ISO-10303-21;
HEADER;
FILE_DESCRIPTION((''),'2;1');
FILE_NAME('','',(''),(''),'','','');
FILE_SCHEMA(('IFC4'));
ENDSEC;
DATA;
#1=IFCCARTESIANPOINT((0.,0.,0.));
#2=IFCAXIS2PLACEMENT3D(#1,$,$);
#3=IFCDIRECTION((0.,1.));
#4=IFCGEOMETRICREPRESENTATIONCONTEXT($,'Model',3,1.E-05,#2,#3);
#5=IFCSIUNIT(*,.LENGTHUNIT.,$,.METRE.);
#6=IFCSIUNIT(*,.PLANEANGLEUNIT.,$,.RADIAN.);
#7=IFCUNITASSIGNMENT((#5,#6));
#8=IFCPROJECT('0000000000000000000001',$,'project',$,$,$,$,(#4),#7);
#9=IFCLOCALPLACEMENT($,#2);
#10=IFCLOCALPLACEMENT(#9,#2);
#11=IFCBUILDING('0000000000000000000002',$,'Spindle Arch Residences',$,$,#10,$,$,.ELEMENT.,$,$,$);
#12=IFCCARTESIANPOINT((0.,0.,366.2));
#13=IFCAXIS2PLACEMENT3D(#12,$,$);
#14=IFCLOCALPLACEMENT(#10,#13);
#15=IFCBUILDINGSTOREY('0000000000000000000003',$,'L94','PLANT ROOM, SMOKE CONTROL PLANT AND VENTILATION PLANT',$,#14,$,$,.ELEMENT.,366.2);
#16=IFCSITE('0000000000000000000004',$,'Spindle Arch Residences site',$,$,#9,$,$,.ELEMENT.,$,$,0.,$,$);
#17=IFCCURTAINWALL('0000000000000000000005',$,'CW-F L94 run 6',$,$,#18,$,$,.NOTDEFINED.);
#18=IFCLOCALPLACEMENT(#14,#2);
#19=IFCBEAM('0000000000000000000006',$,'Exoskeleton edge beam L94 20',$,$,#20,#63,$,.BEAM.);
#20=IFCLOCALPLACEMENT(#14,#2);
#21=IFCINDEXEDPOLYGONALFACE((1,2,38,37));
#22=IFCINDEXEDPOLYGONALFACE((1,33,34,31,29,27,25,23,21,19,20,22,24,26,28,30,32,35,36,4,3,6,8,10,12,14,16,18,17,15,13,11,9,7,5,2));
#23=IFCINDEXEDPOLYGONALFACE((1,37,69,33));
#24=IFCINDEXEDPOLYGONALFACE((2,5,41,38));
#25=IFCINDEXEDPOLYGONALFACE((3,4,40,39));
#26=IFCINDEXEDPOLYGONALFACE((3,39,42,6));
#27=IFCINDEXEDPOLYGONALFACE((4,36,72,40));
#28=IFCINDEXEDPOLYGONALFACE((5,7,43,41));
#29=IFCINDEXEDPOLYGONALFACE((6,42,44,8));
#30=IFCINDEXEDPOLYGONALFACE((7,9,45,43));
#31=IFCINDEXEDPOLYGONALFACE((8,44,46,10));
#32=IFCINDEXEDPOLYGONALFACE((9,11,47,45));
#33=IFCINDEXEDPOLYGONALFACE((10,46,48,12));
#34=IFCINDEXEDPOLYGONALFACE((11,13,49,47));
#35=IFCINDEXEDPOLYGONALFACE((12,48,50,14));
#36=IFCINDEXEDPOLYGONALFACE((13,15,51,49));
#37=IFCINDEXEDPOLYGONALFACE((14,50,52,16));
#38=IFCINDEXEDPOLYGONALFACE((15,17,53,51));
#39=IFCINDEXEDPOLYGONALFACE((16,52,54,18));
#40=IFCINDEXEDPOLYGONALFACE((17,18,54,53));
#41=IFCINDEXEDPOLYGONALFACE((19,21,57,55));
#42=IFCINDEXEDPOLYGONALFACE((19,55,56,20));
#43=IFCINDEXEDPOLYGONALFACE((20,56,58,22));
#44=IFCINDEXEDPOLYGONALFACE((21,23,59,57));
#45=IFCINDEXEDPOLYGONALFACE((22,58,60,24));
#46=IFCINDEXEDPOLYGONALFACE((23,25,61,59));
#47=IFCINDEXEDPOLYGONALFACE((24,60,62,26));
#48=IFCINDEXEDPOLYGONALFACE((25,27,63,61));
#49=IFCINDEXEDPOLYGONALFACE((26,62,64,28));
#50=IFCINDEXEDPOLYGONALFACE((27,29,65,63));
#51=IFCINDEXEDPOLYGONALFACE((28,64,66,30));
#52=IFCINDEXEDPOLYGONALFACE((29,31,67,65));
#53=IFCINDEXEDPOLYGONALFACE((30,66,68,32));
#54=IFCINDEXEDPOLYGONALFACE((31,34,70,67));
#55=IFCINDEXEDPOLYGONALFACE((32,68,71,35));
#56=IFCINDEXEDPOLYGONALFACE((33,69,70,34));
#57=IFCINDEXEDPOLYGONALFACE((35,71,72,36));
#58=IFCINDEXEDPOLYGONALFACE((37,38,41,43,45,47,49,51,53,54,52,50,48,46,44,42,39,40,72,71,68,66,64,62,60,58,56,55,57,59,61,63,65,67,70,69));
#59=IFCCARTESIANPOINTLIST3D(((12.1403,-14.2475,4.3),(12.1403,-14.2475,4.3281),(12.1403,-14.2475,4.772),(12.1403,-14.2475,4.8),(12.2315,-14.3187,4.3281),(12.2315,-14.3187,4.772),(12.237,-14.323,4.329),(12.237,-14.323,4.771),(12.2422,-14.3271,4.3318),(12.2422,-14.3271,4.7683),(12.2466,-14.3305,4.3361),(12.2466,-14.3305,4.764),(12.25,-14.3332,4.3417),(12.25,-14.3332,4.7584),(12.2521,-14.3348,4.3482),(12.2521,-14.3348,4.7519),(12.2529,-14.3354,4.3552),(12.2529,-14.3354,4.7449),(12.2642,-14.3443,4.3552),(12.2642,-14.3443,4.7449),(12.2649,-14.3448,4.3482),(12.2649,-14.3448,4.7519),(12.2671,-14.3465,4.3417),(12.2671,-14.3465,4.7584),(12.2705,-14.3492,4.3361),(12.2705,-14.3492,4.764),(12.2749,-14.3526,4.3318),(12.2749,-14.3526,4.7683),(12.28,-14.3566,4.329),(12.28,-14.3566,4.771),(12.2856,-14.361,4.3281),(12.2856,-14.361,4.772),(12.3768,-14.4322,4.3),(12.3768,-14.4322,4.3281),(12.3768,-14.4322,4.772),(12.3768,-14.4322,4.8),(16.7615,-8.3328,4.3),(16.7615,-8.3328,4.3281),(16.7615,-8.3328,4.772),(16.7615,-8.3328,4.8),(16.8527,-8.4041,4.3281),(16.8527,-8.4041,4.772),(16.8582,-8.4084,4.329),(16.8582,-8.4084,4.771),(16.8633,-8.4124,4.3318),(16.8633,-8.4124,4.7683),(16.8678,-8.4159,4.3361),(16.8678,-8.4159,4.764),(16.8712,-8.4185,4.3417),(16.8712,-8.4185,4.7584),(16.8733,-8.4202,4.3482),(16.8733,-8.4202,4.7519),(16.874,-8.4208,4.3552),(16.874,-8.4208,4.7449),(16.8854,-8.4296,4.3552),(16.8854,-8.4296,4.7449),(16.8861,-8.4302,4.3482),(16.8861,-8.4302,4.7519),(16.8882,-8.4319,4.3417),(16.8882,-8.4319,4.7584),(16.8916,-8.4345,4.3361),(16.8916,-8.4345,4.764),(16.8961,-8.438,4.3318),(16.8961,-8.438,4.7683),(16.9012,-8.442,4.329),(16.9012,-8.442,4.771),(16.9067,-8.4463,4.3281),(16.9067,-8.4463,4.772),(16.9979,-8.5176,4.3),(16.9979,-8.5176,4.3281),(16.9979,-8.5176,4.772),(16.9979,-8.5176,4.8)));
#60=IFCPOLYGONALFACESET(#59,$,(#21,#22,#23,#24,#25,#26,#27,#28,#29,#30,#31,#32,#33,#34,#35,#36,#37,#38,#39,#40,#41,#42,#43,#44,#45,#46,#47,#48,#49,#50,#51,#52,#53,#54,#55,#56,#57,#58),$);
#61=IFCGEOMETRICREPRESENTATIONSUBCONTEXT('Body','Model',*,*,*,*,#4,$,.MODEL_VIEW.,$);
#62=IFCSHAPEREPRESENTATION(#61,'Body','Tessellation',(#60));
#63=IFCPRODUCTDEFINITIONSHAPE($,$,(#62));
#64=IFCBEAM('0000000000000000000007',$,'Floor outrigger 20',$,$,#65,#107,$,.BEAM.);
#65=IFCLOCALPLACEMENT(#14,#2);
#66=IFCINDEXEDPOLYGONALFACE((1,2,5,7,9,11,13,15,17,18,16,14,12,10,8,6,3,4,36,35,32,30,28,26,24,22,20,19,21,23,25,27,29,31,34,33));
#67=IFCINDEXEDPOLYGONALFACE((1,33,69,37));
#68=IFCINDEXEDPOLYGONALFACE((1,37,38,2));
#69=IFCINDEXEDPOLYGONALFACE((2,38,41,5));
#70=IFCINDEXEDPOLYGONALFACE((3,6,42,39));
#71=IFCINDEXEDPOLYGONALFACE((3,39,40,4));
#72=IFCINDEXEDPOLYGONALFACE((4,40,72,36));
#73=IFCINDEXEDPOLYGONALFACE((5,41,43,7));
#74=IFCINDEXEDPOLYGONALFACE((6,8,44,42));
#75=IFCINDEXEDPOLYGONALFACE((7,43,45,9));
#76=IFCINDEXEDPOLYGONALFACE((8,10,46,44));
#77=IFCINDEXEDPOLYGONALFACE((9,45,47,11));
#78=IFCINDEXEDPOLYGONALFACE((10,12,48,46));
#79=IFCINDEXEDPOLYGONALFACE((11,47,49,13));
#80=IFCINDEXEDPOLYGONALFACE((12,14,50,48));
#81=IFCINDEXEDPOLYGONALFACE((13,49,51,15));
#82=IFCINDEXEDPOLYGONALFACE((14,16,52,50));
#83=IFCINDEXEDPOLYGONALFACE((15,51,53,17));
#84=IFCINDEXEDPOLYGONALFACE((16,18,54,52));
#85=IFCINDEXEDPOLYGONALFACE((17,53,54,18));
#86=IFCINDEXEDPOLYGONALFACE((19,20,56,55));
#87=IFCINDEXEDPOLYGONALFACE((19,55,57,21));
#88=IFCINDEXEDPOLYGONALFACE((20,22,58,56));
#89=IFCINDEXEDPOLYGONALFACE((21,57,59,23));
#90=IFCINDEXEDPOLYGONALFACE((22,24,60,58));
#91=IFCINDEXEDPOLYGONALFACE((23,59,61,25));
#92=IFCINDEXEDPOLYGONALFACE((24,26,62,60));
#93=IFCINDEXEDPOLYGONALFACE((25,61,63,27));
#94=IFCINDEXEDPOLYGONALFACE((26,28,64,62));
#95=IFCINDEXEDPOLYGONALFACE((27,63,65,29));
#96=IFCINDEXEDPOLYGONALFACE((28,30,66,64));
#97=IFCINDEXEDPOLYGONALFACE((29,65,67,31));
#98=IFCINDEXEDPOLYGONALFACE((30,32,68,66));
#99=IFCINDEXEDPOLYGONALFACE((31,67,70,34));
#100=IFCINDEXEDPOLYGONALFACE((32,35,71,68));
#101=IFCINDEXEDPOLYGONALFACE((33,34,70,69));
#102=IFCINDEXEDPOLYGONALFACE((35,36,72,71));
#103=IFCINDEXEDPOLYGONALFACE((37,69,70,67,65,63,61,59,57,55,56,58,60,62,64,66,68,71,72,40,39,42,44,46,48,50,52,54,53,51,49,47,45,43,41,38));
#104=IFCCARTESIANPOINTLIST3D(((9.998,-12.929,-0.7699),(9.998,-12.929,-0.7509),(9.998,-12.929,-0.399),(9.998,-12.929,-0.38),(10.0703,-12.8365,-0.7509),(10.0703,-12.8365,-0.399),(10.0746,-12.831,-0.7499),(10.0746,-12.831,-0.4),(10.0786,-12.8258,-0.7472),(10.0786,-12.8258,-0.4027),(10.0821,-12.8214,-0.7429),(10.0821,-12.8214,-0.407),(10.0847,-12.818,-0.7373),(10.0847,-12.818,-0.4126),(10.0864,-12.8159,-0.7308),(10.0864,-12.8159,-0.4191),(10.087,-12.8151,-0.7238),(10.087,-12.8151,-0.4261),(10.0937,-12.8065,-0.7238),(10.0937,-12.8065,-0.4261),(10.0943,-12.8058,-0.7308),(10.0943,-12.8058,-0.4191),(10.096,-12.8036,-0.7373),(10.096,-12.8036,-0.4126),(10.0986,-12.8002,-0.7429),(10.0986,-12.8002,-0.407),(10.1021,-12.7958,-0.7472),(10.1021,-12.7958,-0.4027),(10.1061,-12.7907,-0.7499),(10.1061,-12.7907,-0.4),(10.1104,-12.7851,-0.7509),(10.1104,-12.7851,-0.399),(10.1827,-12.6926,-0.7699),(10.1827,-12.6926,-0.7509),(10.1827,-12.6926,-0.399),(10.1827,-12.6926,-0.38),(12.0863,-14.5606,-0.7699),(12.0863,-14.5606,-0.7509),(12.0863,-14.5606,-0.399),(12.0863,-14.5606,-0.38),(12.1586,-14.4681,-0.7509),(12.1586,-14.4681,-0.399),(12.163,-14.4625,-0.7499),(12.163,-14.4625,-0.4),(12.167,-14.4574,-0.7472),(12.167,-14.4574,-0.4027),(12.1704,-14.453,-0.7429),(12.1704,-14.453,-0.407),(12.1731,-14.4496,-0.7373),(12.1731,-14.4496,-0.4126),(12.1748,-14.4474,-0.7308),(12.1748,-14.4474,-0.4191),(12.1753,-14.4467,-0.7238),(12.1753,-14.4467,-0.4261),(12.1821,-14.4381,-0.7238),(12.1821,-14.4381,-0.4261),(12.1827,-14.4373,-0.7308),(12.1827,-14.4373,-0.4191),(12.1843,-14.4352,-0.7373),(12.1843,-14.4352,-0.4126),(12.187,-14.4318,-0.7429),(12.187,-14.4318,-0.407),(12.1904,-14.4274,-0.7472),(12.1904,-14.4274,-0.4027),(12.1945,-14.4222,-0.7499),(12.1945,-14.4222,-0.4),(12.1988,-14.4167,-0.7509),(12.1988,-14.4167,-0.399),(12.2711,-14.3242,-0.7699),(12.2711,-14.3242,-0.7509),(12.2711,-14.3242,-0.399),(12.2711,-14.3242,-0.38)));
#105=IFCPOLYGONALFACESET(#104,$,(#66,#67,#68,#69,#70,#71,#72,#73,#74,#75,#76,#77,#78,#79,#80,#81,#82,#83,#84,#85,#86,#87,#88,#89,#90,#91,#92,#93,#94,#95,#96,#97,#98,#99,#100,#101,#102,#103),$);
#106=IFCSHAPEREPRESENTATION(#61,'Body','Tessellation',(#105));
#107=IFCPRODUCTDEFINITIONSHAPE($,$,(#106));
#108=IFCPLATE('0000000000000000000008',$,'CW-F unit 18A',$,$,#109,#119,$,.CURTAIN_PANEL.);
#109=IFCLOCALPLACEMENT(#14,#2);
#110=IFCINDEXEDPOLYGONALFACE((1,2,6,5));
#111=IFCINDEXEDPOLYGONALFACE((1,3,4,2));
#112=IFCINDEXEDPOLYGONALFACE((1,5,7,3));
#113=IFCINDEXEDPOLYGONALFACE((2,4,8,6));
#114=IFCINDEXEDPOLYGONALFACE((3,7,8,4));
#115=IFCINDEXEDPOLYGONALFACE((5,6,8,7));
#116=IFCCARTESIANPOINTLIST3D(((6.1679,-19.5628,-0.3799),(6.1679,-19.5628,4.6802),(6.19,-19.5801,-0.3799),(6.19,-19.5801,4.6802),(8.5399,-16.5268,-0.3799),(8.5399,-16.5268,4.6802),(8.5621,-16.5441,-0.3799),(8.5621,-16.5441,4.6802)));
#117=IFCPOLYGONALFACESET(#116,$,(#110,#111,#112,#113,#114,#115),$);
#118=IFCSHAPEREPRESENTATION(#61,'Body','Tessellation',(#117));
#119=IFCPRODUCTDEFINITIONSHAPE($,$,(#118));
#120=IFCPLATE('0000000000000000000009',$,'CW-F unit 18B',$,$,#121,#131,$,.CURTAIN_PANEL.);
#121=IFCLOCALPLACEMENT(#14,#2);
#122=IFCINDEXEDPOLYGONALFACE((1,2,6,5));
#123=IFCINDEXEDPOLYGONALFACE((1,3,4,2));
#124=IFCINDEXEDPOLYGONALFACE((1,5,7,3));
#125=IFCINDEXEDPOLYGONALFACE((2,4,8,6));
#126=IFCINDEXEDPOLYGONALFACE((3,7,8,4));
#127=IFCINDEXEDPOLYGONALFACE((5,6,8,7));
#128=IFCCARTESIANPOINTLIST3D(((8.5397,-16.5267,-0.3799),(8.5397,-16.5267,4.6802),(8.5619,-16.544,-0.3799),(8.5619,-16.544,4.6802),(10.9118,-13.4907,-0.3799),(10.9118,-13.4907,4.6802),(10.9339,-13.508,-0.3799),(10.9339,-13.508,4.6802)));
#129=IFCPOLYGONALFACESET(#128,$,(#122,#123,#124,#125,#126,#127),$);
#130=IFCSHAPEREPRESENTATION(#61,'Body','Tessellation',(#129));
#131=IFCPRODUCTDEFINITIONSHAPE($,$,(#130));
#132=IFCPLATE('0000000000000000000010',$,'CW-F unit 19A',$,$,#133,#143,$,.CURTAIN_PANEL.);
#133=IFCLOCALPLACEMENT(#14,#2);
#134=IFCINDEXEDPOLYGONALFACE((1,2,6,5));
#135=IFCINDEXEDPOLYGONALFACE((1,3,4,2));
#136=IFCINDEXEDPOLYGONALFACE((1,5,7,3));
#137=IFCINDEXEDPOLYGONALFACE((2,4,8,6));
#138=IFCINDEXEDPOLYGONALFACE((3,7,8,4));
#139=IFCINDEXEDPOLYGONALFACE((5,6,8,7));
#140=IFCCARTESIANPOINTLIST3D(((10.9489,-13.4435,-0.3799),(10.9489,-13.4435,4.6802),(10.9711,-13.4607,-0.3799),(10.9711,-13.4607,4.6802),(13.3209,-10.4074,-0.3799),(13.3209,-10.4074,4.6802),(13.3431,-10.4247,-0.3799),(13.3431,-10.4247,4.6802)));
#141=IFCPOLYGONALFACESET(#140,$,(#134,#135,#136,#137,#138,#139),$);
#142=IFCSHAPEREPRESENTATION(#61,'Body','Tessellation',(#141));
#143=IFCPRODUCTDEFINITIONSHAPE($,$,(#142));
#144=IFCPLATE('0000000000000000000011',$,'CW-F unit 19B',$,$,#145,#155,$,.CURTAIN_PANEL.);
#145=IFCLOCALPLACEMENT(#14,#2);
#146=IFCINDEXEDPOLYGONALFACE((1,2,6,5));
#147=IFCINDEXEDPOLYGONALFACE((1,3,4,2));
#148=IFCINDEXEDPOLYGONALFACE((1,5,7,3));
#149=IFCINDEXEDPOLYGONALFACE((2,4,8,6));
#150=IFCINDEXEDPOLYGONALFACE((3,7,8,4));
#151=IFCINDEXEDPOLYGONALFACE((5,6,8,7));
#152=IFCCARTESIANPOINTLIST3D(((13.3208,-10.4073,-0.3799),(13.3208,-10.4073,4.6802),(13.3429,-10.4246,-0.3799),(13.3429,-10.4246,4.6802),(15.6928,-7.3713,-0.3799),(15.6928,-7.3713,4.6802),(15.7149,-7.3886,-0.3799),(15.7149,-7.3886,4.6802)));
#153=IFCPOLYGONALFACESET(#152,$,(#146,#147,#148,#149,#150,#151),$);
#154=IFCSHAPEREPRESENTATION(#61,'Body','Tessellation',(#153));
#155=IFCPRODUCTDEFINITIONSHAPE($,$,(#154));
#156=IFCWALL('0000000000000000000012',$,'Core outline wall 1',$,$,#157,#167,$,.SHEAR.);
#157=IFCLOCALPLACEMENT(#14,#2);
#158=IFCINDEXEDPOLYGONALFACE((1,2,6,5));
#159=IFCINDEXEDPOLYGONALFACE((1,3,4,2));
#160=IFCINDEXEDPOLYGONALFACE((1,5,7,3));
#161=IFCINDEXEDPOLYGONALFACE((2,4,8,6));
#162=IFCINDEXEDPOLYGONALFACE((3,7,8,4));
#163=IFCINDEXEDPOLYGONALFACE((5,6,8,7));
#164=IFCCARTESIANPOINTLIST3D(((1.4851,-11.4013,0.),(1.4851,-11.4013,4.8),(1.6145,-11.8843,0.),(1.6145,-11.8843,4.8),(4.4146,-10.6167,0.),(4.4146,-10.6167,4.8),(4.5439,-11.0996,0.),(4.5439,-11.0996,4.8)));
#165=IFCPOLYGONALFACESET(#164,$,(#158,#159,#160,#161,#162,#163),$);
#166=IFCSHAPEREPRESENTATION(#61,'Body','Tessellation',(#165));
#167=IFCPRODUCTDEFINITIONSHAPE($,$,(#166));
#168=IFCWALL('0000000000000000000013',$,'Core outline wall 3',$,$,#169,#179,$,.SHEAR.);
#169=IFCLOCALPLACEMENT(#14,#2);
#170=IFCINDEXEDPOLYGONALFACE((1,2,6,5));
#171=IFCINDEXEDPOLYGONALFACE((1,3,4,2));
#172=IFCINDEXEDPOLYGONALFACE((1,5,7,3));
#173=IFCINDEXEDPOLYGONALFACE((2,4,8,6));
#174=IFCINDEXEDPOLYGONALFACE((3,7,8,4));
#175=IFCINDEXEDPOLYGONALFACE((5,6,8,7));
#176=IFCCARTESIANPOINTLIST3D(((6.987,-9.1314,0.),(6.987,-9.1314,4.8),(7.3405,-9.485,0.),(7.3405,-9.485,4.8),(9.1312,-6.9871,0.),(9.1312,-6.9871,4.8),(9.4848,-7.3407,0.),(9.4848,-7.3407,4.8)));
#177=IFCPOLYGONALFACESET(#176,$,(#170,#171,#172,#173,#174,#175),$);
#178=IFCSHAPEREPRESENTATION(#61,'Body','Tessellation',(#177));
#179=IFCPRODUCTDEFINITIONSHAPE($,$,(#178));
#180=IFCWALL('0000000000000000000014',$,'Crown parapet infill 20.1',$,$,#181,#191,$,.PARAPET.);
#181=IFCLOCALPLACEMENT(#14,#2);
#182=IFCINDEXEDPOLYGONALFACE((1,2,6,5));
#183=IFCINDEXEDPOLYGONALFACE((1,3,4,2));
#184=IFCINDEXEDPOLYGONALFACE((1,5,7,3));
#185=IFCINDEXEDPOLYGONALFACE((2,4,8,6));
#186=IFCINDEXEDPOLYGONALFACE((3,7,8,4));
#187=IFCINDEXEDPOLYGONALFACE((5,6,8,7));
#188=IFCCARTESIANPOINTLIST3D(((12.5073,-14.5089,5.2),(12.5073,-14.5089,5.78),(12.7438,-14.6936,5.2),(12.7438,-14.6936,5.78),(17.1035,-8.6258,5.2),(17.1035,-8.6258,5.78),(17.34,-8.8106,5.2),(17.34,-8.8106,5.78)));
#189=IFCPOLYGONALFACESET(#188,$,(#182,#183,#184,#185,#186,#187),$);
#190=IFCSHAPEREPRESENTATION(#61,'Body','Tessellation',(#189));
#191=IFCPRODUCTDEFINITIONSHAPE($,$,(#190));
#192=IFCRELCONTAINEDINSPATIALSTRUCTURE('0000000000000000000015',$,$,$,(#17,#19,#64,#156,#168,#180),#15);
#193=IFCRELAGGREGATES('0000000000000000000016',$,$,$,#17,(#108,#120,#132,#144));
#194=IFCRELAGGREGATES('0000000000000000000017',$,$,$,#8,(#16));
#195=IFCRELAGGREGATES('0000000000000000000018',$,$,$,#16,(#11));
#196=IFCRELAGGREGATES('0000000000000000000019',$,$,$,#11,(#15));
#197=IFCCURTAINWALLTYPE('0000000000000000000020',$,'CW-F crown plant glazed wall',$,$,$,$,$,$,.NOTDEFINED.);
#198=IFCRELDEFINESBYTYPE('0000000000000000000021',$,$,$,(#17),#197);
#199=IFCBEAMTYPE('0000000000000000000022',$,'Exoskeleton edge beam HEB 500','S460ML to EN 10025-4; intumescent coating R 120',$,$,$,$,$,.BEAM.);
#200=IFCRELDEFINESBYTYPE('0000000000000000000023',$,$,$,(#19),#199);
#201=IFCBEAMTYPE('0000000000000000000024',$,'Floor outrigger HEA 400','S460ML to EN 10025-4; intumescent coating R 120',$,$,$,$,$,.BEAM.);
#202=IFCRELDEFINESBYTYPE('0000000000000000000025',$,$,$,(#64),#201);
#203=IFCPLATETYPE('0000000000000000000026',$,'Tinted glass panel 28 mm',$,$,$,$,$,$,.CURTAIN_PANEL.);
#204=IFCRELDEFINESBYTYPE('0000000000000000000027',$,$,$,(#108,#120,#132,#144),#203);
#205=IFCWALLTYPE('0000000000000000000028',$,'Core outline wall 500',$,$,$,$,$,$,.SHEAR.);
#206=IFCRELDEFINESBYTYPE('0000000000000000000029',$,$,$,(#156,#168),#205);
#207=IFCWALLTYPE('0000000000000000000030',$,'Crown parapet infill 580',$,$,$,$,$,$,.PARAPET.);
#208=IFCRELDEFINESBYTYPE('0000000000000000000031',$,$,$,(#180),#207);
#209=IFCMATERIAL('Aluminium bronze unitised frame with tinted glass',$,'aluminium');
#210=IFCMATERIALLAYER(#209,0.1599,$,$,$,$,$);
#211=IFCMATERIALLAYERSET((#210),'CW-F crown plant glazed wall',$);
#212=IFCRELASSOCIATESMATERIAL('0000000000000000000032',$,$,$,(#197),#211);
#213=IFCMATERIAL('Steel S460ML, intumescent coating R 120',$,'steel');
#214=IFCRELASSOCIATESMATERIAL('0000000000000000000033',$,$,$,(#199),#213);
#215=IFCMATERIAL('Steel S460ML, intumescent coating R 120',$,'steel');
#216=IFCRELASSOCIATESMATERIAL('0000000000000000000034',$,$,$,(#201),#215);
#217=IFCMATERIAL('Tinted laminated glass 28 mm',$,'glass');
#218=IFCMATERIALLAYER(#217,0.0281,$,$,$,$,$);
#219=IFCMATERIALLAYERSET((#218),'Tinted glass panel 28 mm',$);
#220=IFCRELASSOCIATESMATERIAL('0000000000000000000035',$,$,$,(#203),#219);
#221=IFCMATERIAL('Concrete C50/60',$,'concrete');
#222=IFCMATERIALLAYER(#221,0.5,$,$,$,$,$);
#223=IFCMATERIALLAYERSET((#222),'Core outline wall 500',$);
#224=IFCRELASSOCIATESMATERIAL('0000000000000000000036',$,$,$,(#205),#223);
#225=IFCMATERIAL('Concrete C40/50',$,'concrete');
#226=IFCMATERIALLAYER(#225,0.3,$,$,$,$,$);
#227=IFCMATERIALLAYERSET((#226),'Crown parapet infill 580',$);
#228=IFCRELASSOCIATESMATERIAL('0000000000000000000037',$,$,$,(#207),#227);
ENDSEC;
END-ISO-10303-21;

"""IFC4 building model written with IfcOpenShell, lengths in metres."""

from ifc_helpers import new_model, si_unit, direction, frame, frame_2d, origin, origin_2d, place, context, subcontext, project, spatial, rectangle, i_section, extrude, material, layer, layer_set, material_profile, profile_set, type_object, element, aggregate, save


model = new_model("IFC4")

# Units and contexts
model_context = context("Model", 3, precision=1e-05, world=origin(), true_north=direction((0.0, 1.0)))
body_context = subcontext(model_context, "Body", "Model", "MODEL_VIEW")
ifc_project = project(units=[si_unit("LENGTHUNIT", "METRE"), si_unit("PLANEANGLEUNIT", "RADIAN")], contexts=[model_context])

# Site, building, storey
site_placement = place(None, origin())
site = spatial("IfcSite", under=ifc_project, at=site_placement, Name="Spindle Arch Residences site", CompositionType="ELEMENT", RefElevation=0.0)
building_placement = place(site_placement, origin())
building = spatial("IfcBuilding", under=site, at=building_placement, Name="Spindle Arch Residences", CompositionType="ELEMENT")
storey_placement = place(building_placement, frame((0.0, 0.0, 366.2)))
storey = spatial("IfcBuildingStorey", under=building, at=storey_placement, Name="L94", Description="PLANT ROOM, SMOKE CONTROL PLANT AND VENTILATION PLANT", CompositionType="ELEMENT", Elevation=366.2)

# Curtain wall
ifc_material_1 = material(Name="Aluminium bronze unitised frame with tinted glass", Category="aluminium")
ifc_layer_1 = layer(ifc_material_1, 0.1599)
ifc_layer_set_1 = layer_set([ifc_layer_1], Name="CW-F crown plant glazed wall")
curtain_wall_type = type_object("IfcCurtainWallType", Name="CW-F crown plant glazed wall", PredefinedType="NOTDEFINED", material=ifc_layer_set_1)
curtain_wall_placement = place(storey_placement, origin())
curtain_wall = element("IfcCurtainWall", 1, at=curtain_wall_placement, inside=storey, type_object=curtain_wall_type, Name="CW-F L94 run 6", PredefinedType="NOTDEFINED")

# Beams
ifc_material_2 = material(Name="Steel S460ML, intumescent coating R 120", Category="steel")
ifc_material_profile_1 = material_profile(ifc_material_2, i_section(OverallWidth=0.3, OverallDepth=0.5, WebThickness=0.0144, FlangeThickness=0.0281, FilletRadius=0.0271, at=origin_2d()), Name="HEB 500")
ifc_profile_set_1 = profile_set([ifc_material_profile_1], Name="Steel S460ML, intumescent coating R 120")
beam_type_1 = type_object("IfcBeamType", Name="Exoskeleton edge beam HEB 500", Description="S460ML to EN 10025-4; intumescent coating R 120", PredefinedType="BEAM", material=ifc_profile_set_1)
for number, where, z_axis, x_axis, name in (
    (2, (12.2585, -14.3398, 4.55), (0.615673, 0.788002, 0.0), (-0.788002, 0.615673, 0.0), "Exoskeleton edge beam L94 20"),
):
    element("IfcBeam", number, at=place(storey_placement, frame(where, z_axis=z_axis, x_axis=x_axis)), inside=storey, type_object=beam_type_1, Name=name, PredefinedType="BEAM", context=body_context, shape_type="SweptSolid", body=[
        extrude(i_section(OverallWidth=0.3, OverallDepth=0.5, WebThickness=0.0144, FlangeThickness=0.0281, FilletRadius=0.0271, at=origin_2d()), origin(), (0.0, 0.0, 1.0), 7.5059),
    ])
ifc_material_3 = material(Name="Steel S460ML, intumescent coating R 120", Category="steel")
ifc_material_profile_2 = material_profile(ifc_material_3, i_section(OverallWidth=0.3, OverallDepth=0.3899, WebThickness=0.011, FlangeThickness=0.019, FilletRadius=0.0271, at=origin_2d()), Name="HEA 400")
ifc_profile_set_2 = profile_set([ifc_material_profile_2], Name="Steel S460ML, intumescent coating R 120")
beam_type_2 = type_object("IfcBeamType", Name="Floor outrigger HEA 400", Description="S460ML to EN 10025-4; intumescent coating R 120", PredefinedType="BEAM", material=ifc_profile_set_2)
beam_1_placement = place(storey_placement, frame((12.1787, -14.4424, -0.575), z_axis=(-0.788016, 0.615655, 0.0), x_axis=(-0.615655, -0.788016, 0.0)))
element("IfcBeam", 3, at=beam_1_placement, inside=storey, type_object=beam_type_2, Name="Floor outrigger 20", PredefinedType="BEAM", context=body_context, shape_type="SweptSolid", body=[
    extrude(i_section(OverallWidth=0.3, OverallDepth=0.3899, WebThickness=0.011, FlangeThickness=0.019, FilletRadius=0.0271, at=origin_2d()), origin(), (0.0, 0.0, 1.0), 2.6501),
])

# Plates
ifc_material_4 = material(Name="Tinted laminated glass 28 mm", Category="glass")
ifc_layer_2 = layer(ifc_material_4, 0.0281)
ifc_layer_set_2 = layer_set([ifc_layer_2], Name="Tinted glass panel 28 mm")
plate_type = type_object("IfcPlateType", Name="Tinted glass panel 28 mm", PredefinedType="CURTAIN_PANEL", material=ifc_layer_set_2)
plate_1_placement = place(storey_placement, frame((7.365, -18.0535, -0.3799), z_axis=(0.0, 0.0, 1.0), x_axis=(0.615661, 0.788011, 0.0)))
plate_1 = element("IfcPlate", 4, at=plate_1_placement, type_object=plate_type, Name="CW-F unit 18A", PredefinedType="CURTAIN_PANEL", context=body_context, shape_type="SweptSolid", body=[
    extrude(rectangle(XDim=3.8528, YDim=0.0281, at=origin_2d()), origin(), (0.0, 0.0, 1.0), 5.0601),
])
plate_2_placement = place(storey_placement, frame((9.7368, -15.0173, -0.3799), z_axis=(0.0, 0.0, 1.0), x_axis=(0.615661, 0.788011, 0.0)))
plate_2 = element("IfcPlate", 5, at=plate_2_placement, type_object=plate_type, Name="CW-F unit 18B", PredefinedType="CURTAIN_PANEL", context=body_context, shape_type="SweptSolid", body=[
    extrude(rectangle(XDim=3.8528, YDim=0.0281, at=origin_2d()), origin(), (0.0, 0.0, 1.0), 5.0601),
])
plate_3_placement = place(storey_placement, frame((12.146, -11.9341, -0.3799), z_axis=(0.0, 0.0, 1.0), x_axis=(0.615661, 0.788011, 0.0)))
plate_3 = element("IfcPlate", 6, at=plate_3_placement, type_object=plate_type, Name="CW-F unit 19A", PredefinedType="CURTAIN_PANEL", context=body_context, shape_type="SweptSolid", body=[
    extrude(rectangle(XDim=3.8528, YDim=0.0281, at=origin_2d()), origin(), (0.0, 0.0, 1.0), 5.0601),
])
plate_4_placement = place(storey_placement, frame((14.5178, -8.8979, -0.3799), z_axis=(0.0, 0.0, 1.0), x_axis=(0.615661, 0.788011, 0.0)))
plate_4 = element("IfcPlate", 7, at=plate_4_placement, type_object=plate_type, Name="CW-F unit 19B", PredefinedType="CURTAIN_PANEL", context=body_context, shape_type="SweptSolid", body=[
    extrude(rectangle(XDim=3.8528, YDim=0.0281, at=origin_2d()), origin(), (0.0, 0.0, 1.0), 5.0601),
])
aggregate(curtain_wall, [plate_1, plate_2, plate_3, plate_4])

# Wall
ifc_material_5 = material(Name="Concrete C50/60", Category="concrete")
ifc_layer_3 = layer(ifc_material_5, 0.5)
ifc_layer_set_3 = layer_set([ifc_layer_3], Name="Core outline wall 500")
wall_type_1 = type_object("IfcWallType", Name="Core outline wall 500", PredefinedType="SHEAR", material=ifc_layer_set_3)
wall_1_placement = place(storey_placement, frame((1.5498, -11.6428, 0.0), z_axis=(0.0, 0.0, 1.0), x_axis=(0.965948, 0.258735, 0.0)))
element("IfcWall", 8, at=wall_1_placement, inside=storey, type_object=wall_type_1, Name="Core outline wall 1", PredefinedType="SHEAR", context=body_context, shape_type="SweptSolid", body=[
    extrude(rectangle(XDim=3.0327, YDim=0.5, at=frame_2d((1.5164, 0.0))), origin(), (0.0, 0.0, 1.0), 4.8),
])

# Walls
wall_2_placement = place(storey_placement, frame((7.1638, -9.3081, 0.0), z_axis=(0.0, 0.0, 1.0), x_axis=(0.707107, 0.707107, 0.0)))
element("IfcWall", 9, at=wall_2_placement, inside=storey, type_object=wall_type_1, Name="Core outline wall 3", PredefinedType="SHEAR", context=body_context, shape_type="SweptSolid", body=[
    extrude(rectangle(XDim=3.0325, YDim=0.5, at=frame_2d((1.5161, 0.0))), origin(), (0.0, 0.0, 1.0), 4.8),
])
ifc_material_6 = material(Name="Concrete C40/50", Category="concrete")
ifc_layer_4 = layer(ifc_material_6, 0.3)
ifc_layer_set_4 = layer_set([ifc_layer_4], Name="Crown parapet infill 580")
wall_type_2 = type_object("IfcWallType", Name="Crown parapet infill 580", PredefinedType="PARAPET", material=ifc_layer_set_4)
wall_3_placement = place(storey_placement, frame((12.6255, -14.6013, 5.2), z_axis=(0.0, 0.0, 1.0), x_axis=(0.615648, 0.788021, 0.0)))
element("IfcWall", 10, at=wall_3_placement, inside=storey, type_object=wall_type_2, Name="Crown parapet infill 20.1", PredefinedType="PARAPET", context=body_context, shape_type="SweptSolid", body=[
    extrude(rectangle(XDim=7.4656, YDim=0.3, at=frame_2d((3.7329, 0.0))), origin(), (0.0, 0.0, 1.0), 0.5801),
])

save(model, "model.ifc")
